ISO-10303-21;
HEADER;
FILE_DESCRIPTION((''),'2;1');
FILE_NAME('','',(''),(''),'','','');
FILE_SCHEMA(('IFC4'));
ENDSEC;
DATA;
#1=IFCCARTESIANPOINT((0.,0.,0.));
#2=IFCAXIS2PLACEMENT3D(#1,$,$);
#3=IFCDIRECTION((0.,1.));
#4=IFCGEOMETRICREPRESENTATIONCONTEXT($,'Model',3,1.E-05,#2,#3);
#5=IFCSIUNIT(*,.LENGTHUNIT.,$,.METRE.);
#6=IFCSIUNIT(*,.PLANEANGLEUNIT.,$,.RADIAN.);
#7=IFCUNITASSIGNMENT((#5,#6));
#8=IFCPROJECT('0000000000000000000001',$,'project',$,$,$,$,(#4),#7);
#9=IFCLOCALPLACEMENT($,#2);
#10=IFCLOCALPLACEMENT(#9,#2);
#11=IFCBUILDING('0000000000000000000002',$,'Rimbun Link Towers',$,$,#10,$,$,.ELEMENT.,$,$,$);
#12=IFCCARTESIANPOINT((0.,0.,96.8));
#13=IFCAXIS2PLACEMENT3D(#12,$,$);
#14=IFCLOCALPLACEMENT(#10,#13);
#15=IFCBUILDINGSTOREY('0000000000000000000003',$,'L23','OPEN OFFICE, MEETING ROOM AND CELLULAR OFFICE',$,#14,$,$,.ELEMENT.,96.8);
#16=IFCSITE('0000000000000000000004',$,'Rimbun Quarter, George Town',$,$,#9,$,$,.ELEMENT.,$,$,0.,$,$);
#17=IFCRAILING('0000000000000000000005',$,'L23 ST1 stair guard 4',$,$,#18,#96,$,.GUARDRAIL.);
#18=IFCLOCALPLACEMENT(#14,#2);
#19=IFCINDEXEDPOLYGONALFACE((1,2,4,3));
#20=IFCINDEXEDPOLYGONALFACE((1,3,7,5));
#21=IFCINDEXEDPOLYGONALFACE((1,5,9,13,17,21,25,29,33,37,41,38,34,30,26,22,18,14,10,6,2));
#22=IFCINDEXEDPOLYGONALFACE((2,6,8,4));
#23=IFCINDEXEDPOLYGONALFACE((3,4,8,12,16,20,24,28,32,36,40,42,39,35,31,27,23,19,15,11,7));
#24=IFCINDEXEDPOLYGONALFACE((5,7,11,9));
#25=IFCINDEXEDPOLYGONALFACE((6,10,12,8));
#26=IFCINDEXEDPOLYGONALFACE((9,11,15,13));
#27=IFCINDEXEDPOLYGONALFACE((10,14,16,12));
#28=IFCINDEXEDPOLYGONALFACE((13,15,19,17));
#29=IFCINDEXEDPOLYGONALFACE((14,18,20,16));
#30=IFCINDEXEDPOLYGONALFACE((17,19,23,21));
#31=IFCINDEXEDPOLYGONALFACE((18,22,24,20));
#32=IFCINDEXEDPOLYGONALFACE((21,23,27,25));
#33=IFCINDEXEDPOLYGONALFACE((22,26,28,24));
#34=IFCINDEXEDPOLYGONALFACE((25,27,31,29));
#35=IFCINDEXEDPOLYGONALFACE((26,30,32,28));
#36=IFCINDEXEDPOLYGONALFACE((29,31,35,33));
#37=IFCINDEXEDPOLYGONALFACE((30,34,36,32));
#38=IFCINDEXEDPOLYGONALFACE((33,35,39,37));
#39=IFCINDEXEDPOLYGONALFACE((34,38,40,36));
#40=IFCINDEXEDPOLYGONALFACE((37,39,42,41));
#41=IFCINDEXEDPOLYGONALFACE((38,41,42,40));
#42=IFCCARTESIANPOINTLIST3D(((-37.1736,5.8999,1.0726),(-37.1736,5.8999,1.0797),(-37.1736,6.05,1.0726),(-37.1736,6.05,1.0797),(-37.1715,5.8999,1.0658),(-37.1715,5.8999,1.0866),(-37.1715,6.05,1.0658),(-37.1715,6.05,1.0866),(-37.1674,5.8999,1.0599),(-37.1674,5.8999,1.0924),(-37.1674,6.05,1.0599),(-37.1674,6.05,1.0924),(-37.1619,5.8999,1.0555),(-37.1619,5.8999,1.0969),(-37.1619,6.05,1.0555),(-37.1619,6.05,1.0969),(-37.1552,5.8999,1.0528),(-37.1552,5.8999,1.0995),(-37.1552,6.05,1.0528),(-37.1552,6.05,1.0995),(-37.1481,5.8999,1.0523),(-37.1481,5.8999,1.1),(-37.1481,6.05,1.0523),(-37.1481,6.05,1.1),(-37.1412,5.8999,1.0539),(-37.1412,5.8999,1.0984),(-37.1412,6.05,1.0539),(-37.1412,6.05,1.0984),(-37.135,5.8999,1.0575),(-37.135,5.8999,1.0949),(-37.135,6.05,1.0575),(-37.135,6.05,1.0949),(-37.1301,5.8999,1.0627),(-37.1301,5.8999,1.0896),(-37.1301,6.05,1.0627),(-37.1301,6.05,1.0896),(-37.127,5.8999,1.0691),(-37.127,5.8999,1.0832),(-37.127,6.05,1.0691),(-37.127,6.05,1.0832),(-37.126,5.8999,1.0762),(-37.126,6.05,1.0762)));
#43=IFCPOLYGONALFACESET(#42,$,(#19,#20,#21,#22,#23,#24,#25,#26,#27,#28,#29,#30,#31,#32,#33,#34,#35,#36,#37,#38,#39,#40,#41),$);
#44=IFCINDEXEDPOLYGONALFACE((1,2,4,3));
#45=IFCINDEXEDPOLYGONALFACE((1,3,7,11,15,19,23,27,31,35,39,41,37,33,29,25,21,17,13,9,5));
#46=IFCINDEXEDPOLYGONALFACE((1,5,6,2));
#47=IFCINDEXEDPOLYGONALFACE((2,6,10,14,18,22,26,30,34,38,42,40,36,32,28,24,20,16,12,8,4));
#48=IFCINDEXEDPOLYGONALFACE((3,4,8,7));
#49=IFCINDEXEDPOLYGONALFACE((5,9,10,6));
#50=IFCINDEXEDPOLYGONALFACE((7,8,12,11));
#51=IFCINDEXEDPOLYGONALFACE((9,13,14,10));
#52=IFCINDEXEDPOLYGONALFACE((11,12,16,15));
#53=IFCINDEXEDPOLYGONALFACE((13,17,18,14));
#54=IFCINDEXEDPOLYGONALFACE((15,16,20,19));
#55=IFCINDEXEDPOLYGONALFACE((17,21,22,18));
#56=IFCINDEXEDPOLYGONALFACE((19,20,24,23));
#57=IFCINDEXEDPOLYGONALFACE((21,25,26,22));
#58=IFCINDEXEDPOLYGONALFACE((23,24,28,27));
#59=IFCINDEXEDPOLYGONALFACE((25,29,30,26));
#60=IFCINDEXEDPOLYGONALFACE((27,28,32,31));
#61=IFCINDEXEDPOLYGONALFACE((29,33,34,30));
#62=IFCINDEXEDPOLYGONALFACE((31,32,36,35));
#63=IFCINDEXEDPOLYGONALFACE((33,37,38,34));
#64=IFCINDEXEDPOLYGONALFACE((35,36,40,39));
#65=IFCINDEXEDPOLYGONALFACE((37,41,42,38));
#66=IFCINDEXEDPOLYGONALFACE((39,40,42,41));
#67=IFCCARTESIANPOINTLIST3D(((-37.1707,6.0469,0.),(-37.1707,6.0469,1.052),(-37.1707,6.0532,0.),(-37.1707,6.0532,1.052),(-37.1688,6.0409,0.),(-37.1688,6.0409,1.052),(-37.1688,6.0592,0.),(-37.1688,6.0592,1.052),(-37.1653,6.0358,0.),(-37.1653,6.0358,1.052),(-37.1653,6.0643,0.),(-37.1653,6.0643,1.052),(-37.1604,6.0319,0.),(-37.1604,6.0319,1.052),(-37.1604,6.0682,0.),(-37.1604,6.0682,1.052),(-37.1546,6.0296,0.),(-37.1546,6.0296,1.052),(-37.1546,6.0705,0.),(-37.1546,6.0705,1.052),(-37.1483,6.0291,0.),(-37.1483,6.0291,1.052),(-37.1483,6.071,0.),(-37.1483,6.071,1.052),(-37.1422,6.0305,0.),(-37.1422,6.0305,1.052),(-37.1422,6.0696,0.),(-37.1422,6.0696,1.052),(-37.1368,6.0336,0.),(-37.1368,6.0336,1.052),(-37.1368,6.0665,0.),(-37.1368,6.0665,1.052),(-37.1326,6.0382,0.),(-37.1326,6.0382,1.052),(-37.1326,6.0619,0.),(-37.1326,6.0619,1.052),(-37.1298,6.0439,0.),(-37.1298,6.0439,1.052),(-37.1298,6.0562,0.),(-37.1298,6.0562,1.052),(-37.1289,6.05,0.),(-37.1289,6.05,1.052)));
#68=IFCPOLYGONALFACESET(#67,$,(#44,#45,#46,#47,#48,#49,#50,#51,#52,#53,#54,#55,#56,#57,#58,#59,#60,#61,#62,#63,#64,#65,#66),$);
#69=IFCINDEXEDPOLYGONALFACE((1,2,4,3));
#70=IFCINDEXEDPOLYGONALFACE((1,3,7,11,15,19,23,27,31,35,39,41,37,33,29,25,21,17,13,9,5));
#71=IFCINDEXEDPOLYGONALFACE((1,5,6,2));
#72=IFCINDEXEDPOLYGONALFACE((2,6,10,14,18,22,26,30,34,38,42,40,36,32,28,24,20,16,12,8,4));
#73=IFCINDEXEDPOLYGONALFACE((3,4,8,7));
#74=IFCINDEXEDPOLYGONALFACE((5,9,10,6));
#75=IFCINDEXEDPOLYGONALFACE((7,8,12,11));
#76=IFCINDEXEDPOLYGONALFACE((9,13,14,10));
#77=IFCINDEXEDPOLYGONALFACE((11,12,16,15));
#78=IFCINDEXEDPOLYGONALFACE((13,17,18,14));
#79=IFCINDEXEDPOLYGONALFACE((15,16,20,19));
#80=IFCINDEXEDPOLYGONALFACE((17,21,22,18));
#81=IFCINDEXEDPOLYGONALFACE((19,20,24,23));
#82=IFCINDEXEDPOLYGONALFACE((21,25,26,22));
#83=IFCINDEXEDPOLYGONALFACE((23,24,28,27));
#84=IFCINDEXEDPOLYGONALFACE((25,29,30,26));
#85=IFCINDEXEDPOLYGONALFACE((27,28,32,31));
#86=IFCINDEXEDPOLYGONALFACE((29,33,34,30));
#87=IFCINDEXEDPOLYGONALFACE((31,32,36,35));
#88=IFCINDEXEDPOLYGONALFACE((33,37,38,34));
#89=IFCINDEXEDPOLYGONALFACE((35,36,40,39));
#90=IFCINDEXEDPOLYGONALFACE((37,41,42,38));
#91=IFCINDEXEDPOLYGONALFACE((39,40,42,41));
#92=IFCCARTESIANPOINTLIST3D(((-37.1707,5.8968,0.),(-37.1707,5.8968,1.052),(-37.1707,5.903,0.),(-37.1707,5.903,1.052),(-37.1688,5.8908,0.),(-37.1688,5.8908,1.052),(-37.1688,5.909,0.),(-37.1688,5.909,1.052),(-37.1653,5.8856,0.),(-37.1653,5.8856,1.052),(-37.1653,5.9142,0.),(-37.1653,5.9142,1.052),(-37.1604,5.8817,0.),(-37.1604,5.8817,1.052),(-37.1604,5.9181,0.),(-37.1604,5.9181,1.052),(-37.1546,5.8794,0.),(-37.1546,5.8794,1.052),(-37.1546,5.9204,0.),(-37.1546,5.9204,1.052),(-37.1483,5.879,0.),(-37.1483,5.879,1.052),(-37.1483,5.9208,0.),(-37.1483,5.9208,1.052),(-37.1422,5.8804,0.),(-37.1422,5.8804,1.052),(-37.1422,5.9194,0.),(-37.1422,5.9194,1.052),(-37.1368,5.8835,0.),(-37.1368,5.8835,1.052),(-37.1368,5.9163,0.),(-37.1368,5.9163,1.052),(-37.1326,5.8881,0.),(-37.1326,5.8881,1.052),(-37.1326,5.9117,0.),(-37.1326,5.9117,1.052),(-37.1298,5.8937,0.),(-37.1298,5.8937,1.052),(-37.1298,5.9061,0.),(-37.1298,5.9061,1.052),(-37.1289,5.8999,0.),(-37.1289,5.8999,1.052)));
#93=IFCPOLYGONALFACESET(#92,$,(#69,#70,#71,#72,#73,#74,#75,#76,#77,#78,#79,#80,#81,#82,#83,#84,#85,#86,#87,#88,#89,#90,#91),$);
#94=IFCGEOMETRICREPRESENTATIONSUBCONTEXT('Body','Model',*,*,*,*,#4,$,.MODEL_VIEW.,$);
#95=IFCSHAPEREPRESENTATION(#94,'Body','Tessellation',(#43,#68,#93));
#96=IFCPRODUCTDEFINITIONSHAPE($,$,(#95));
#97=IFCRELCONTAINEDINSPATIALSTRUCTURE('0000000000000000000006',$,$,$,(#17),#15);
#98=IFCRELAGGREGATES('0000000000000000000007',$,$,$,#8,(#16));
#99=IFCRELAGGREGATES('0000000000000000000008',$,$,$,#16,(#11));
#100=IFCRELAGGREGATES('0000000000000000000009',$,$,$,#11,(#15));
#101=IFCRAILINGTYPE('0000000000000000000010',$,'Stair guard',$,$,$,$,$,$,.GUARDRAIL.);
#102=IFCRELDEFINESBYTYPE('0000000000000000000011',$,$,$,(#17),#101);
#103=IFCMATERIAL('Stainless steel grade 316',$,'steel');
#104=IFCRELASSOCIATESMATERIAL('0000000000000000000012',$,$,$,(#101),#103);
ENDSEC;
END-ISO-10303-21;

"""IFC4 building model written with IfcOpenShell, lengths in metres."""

from ifc_helpers import new_model, si_unit, direction, frame, origin, origin_2d, place, context, subcontext, project, spatial, circle, extrude, material, type_object, element, save


model = new_model("IFC4")

# Units and contexts
model_context = context("Model", 3, precision=1e-05, world=origin(), true_north=direction((0.0, 1.0)))
body_context = subcontext(model_context, "Body", "Model", "MODEL_VIEW")
ifc_project = project(units=[si_unit("LENGTHUNIT", "METRE"), si_unit("PLANEANGLEUNIT", "RADIAN")], contexts=[model_context])

# Site, building, storey
site_placement = place(None, origin())
site = spatial("IfcSite", under=ifc_project, at=site_placement, Name="Rimbun Quarter, George Town", CompositionType="ELEMENT", RefElevation=0.0)
building_placement = place(site_placement, origin())
building = spatial("IfcBuilding", under=site, at=building_placement, Name="Rimbun Link Towers", CompositionType="ELEMENT")
storey_placement = place(building_placement, frame((0.0, 0.0, 96.8)))
storey = spatial("IfcBuildingStorey", under=building, at=storey_placement, Name="L23", Description="OPEN OFFICE, MEETING ROOM AND CELLULAR OFFICE", CompositionType="ELEMENT", Elevation=96.8)

# Railing
ifc_material_1 = material(Name="Stainless steel grade 316", Category="steel")
railing_type_1 = type_object("IfcRailingType", Name="Stair guard", PredefinedType="GUARDRAIL", material=ifc_material_1)
railing_1_placement = place(storey_placement, frame((-37.1499, 6.05, 0.0)))
element("IfcRailing", 1, at=railing_1_placement, inside=storey, type_object=railing_type_1, Name="L23 ST1 stair guard 4", PredefinedType="GUARDRAIL", context=body_context, shape_type="SweptSolid", body=[
    extrude(circle(Radius=0.0239, at=origin_2d()), frame((0.0, 0.0, 1.0762), z_axis=(0.0, -1.0, 0.0), x_axis=(1.0, 0.0, 0.0)), (0.0, 0.0, 1.0), 0.1501),
    extrude(circle(Radius=0.021, at=origin_2d()), origin(), (0.0, 0.0, 1.0), 1.052),
    extrude(circle(Radius=0.021, at=origin_2d()), frame((0.0, -0.1501, 0.0)), (0.0, 0.0, 1.0), 1.052),
])

save(model, "model.ifc")
